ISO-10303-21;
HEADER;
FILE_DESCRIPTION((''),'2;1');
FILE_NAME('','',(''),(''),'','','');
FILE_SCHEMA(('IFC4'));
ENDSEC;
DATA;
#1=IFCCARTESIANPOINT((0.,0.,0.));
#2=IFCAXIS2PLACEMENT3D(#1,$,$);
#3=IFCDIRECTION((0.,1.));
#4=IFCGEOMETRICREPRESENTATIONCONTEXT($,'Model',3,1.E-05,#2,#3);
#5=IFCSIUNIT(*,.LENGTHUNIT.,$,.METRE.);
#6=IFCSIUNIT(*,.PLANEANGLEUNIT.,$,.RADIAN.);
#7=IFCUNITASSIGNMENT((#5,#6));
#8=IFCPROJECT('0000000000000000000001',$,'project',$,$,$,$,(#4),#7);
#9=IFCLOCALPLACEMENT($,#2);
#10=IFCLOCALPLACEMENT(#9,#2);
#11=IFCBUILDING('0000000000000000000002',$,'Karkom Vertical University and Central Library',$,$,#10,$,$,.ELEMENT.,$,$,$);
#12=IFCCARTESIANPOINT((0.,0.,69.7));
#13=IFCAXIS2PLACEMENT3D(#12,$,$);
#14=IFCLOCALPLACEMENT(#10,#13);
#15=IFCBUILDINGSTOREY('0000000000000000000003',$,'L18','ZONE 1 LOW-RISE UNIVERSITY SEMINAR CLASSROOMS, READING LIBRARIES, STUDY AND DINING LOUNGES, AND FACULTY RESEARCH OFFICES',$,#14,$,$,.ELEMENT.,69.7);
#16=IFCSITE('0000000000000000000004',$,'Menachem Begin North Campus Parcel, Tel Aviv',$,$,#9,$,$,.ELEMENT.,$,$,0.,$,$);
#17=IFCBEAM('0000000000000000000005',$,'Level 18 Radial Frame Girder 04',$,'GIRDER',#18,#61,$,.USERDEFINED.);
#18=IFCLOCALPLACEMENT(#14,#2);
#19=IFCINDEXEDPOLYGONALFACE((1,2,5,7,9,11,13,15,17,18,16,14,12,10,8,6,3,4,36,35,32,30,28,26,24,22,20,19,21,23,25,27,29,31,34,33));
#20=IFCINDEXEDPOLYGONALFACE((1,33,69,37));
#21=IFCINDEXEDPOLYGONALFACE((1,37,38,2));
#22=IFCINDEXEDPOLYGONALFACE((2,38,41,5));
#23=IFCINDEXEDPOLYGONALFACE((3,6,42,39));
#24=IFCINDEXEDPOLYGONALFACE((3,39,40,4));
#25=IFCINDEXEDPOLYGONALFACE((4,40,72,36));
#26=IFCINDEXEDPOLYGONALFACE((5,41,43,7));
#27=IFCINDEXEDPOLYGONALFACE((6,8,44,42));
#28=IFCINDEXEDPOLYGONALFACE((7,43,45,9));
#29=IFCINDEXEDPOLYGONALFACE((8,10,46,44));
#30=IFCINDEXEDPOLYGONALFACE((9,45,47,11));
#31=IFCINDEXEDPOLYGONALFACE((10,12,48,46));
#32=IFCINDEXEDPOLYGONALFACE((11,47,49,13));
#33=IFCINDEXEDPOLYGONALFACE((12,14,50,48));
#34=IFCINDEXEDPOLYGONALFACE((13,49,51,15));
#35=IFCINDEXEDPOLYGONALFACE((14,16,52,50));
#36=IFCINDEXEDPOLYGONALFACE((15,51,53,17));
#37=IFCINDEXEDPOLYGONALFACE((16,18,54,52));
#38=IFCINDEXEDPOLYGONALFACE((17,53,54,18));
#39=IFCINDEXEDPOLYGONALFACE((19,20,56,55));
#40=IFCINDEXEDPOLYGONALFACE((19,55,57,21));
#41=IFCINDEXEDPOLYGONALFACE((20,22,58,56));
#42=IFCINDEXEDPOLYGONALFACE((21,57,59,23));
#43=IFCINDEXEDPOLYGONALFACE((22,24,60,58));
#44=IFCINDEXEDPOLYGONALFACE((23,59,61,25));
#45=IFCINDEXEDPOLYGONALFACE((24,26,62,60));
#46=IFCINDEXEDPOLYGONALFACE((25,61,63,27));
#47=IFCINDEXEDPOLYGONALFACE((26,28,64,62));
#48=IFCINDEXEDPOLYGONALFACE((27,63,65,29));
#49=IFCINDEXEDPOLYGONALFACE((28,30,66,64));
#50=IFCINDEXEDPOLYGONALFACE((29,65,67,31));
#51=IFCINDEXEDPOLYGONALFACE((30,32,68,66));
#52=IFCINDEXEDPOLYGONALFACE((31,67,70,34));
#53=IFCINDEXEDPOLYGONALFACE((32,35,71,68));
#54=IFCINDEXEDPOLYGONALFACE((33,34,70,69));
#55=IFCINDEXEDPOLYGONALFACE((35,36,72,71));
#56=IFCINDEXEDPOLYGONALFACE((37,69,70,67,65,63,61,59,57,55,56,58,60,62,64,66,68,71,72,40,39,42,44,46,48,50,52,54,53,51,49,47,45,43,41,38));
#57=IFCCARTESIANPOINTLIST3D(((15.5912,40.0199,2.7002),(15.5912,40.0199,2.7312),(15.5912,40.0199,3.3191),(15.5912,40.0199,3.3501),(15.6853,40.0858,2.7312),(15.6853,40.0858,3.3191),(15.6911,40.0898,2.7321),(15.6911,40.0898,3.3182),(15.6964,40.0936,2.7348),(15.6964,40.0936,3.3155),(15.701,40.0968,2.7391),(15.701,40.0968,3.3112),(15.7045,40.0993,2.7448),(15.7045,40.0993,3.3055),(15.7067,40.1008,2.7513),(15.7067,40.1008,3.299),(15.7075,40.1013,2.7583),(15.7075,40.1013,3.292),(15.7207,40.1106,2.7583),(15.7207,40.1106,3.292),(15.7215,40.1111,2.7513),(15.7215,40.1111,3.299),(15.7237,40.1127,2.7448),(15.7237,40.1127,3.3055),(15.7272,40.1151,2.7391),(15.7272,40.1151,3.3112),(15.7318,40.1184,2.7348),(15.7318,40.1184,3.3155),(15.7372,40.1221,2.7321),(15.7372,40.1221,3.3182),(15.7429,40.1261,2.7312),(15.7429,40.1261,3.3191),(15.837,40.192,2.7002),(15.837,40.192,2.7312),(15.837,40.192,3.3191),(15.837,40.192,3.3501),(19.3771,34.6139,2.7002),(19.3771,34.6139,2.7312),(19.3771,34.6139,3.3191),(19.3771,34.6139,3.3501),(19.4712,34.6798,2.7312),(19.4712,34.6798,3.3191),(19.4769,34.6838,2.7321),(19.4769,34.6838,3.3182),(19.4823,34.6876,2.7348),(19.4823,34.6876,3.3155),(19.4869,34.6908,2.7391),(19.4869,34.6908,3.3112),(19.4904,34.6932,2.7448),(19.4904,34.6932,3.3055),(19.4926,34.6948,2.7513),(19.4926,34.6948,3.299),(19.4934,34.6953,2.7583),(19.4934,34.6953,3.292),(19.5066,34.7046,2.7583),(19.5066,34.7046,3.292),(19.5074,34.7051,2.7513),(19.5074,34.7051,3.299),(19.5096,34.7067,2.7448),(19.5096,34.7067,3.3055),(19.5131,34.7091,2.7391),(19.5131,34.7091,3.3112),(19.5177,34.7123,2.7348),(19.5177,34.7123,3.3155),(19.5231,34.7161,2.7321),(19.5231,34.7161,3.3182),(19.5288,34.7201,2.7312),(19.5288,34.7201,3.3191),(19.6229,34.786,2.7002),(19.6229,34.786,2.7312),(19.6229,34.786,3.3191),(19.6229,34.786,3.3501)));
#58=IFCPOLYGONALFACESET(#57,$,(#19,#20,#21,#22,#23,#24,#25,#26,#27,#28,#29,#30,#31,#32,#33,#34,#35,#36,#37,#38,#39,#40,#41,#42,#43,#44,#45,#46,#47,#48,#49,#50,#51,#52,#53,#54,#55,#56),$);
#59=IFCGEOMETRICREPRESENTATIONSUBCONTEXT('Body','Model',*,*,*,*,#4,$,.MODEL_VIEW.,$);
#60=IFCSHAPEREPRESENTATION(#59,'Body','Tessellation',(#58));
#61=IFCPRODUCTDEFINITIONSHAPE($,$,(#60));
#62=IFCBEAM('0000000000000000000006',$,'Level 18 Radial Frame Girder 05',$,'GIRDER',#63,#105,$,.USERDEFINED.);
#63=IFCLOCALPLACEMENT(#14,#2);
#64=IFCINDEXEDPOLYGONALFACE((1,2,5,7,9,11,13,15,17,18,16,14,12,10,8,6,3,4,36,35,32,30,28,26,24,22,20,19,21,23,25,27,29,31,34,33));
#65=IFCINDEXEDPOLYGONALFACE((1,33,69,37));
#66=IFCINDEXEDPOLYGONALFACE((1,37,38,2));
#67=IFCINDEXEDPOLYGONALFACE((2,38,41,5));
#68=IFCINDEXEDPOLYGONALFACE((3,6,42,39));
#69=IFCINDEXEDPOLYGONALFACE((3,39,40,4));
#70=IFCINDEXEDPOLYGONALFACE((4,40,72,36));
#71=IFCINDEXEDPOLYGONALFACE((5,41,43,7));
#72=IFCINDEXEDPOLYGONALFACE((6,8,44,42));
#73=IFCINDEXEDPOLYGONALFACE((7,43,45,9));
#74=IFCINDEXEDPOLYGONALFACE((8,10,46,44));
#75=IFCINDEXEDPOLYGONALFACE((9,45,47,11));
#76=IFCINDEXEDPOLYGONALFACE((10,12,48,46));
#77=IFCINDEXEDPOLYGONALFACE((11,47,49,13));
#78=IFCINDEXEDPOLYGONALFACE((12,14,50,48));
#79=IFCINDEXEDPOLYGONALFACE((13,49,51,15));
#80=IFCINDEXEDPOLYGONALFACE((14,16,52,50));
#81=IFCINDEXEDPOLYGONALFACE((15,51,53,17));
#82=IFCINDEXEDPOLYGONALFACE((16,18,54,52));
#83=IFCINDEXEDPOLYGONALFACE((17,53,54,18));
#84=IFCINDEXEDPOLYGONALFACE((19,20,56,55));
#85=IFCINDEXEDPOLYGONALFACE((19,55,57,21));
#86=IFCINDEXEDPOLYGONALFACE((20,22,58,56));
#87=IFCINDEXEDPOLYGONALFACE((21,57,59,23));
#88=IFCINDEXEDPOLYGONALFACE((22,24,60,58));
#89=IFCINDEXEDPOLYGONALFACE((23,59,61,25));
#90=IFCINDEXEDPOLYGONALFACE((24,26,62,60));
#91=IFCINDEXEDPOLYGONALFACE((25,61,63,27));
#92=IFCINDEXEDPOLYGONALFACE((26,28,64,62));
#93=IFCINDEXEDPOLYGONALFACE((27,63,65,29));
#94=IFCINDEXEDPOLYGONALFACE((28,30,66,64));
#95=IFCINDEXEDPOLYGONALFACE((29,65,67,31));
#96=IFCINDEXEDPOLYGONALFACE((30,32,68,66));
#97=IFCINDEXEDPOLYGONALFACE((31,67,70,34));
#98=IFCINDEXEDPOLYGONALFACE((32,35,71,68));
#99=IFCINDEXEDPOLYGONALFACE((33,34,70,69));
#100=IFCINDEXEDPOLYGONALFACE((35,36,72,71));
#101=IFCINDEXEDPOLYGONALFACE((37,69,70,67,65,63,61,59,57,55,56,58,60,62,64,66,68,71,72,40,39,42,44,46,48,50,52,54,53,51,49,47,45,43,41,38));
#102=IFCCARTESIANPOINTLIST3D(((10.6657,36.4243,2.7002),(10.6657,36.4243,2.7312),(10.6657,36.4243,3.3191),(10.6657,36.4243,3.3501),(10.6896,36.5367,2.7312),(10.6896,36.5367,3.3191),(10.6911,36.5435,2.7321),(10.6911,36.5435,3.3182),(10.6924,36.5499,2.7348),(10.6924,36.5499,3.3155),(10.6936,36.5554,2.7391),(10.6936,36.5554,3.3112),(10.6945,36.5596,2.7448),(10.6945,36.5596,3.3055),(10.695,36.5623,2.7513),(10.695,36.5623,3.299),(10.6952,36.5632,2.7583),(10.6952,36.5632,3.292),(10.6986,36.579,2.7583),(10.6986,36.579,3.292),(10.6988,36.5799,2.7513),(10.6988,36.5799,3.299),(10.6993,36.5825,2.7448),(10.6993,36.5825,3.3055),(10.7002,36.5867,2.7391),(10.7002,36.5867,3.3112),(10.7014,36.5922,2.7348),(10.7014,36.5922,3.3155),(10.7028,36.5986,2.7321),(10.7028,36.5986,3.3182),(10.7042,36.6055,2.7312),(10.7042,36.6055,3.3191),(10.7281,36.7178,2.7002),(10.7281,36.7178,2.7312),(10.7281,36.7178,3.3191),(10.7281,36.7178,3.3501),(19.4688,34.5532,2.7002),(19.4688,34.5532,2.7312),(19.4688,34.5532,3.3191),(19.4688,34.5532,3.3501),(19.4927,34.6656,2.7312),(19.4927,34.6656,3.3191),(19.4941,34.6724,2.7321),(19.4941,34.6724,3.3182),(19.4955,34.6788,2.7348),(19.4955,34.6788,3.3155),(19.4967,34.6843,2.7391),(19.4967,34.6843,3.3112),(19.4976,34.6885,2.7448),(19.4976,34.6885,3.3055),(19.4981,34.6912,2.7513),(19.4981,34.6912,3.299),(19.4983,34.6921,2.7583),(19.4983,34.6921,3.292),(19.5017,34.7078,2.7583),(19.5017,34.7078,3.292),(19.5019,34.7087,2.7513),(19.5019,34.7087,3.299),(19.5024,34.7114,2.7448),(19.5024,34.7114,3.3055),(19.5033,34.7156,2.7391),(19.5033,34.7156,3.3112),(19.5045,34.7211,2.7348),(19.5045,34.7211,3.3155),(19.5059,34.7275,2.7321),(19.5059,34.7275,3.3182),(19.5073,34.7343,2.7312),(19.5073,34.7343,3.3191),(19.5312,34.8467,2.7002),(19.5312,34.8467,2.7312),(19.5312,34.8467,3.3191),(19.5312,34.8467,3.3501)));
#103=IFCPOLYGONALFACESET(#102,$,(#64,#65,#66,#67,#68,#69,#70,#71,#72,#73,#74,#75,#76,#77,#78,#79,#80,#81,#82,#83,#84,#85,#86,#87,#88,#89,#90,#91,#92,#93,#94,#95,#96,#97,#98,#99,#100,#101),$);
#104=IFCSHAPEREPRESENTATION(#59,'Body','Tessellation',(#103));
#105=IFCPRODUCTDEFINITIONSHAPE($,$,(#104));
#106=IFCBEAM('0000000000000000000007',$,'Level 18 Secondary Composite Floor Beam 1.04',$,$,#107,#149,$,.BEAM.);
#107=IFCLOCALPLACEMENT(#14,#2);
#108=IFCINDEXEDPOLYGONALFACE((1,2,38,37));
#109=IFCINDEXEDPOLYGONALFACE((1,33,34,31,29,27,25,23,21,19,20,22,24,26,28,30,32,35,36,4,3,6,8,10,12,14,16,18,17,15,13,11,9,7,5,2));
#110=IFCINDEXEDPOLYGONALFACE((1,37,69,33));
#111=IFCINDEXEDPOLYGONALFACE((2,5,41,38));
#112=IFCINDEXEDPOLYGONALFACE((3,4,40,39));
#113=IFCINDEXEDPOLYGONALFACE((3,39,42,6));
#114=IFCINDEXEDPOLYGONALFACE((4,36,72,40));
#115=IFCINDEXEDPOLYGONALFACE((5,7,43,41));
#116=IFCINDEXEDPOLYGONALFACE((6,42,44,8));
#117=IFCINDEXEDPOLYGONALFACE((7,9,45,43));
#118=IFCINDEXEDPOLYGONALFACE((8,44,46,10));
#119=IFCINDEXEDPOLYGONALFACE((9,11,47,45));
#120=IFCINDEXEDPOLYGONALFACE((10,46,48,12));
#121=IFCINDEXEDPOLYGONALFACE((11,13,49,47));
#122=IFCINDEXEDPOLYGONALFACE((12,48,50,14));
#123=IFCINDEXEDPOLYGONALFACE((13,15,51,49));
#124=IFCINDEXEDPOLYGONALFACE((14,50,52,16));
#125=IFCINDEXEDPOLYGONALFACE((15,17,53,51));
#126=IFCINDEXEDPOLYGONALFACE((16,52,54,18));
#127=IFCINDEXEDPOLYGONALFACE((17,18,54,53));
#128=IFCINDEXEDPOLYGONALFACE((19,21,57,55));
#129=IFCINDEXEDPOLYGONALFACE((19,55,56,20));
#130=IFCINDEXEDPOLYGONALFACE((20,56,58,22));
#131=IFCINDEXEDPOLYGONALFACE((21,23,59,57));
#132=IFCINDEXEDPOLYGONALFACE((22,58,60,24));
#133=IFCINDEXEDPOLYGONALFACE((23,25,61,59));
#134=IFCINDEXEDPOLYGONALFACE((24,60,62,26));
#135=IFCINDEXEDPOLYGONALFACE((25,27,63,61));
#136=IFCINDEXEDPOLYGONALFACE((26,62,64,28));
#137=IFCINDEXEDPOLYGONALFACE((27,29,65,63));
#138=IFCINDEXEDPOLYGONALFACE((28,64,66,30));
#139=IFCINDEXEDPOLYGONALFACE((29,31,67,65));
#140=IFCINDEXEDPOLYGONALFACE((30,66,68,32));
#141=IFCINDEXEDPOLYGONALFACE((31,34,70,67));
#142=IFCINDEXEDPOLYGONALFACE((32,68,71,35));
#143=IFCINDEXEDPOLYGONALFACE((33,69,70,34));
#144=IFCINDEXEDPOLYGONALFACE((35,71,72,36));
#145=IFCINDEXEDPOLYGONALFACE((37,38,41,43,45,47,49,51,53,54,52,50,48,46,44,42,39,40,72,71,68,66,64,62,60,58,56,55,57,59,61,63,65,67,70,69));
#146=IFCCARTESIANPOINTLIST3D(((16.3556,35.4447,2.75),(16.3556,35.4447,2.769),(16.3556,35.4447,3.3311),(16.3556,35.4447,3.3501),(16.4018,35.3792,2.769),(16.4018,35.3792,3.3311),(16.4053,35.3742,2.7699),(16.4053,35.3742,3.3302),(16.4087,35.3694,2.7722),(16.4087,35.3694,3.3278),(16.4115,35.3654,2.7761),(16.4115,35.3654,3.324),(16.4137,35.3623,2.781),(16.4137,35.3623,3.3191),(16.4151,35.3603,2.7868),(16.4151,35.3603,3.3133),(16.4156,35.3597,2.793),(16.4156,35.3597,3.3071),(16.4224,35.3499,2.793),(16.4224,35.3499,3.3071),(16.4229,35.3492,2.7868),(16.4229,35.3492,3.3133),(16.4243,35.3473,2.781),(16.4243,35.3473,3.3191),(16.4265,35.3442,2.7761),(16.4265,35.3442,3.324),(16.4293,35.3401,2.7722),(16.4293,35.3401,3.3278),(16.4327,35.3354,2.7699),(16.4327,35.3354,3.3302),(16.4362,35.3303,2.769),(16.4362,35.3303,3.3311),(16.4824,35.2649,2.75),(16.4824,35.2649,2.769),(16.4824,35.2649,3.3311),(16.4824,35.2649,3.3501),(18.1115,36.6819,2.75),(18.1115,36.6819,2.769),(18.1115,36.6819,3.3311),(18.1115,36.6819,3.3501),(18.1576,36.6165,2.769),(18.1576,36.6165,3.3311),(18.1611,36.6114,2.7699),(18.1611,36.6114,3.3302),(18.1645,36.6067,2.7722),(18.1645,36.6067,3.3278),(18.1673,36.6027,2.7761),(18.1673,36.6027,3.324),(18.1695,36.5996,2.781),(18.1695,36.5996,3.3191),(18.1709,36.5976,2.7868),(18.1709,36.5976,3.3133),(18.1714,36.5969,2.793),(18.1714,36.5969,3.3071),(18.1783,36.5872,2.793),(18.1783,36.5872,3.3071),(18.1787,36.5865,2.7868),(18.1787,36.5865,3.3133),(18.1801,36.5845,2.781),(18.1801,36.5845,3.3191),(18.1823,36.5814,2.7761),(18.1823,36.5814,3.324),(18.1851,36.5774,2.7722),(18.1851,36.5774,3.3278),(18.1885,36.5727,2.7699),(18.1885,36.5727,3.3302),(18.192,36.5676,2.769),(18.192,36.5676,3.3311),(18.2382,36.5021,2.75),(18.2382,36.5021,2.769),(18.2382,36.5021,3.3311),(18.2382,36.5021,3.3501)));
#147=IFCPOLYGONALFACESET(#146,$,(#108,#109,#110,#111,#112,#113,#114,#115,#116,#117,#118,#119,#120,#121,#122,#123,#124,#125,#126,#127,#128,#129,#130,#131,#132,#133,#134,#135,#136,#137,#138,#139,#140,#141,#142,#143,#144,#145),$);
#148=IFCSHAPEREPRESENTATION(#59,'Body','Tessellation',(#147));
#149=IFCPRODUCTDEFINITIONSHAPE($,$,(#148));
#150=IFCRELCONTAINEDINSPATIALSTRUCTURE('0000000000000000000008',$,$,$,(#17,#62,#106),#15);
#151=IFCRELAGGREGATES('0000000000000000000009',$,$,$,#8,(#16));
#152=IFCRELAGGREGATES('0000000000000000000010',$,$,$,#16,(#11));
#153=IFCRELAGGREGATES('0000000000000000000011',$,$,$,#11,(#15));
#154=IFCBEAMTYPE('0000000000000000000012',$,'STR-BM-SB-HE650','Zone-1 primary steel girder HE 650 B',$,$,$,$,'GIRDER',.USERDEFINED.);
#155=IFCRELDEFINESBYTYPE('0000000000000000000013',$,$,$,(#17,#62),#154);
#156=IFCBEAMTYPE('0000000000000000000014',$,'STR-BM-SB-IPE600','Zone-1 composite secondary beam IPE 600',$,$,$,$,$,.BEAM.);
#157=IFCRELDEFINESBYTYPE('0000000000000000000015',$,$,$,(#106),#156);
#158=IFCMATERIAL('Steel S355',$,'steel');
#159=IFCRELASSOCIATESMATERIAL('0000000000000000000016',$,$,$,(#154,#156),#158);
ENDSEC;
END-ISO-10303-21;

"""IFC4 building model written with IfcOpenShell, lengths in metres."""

from ifc_helpers import new_model, si_unit, direction, frame, origin, origin_with_axes, origin_2d, place, context, subcontext, project, spatial, i_section, extrude, source, transform, mapped, material, material_profile, profile_set, type_object, element, save


model = new_model("IFC4")

# Units and contexts
model_context = context("Model", 3, precision=1e-05, world=origin(), true_north=direction((0.0, 1.0)))
body_context = subcontext(model_context, "Body", "Model", "MODEL_VIEW")
ifc_project = project(units=[si_unit("LENGTHUNIT", "METRE"), si_unit("PLANEANGLEUNIT", "RADIAN")], contexts=[model_context])

# Site, building, storey
site_placement = place(None, origin())
site = spatial("IfcSite", under=ifc_project, at=site_placement, Name="Menachem Begin North Campus Parcel, Tel Aviv", CompositionType="ELEMENT", RefElevation=0.0)
building_placement = place(site_placement, origin())
building = spatial("IfcBuilding", under=site, at=building_placement, Name="Karkom Vertical University and Central Library", CompositionType="ELEMENT")
storey_placement = place(building_placement, frame((0.0, 0.0, 69.7)))
storey = spatial("IfcBuildingStorey", under=building, at=storey_placement, Name="L18", Description="ZONE 1 LOW-RISE UNIVERSITY SEMINAR CLASSROOMS, READING LIBRARIES, STUDY AND DINING LOUNGES, AND FACULTY RESEARCH OFFICES", CompositionType="ELEMENT", Elevation=69.7)

# Beams
ifc_material_1 = material(Name="Steel S355", Category="steel")
ifc_material_profile_1 = material_profile(ifc_material_1, i_section(OverallWidth=0.3, OverallDepth=0.6499, WebThickness=0.0161, FlangeThickness=0.031, FilletRadius=0.0271, at=origin_2d()), Name="HE 650 B")
ifc_profile_set_1 = profile_set([ifc_material_profile_1], Name="Steel S355")
beam_type_1 = type_object("IfcBeamType", Name="STR-BM-SB-HE650", Description="Zone-1 primary steel girder HE 650 B", ElementType="GIRDER", PredefinedType="USERDEFINED", material=ifc_profile_set_1)
shared_shape_1 = source(origin_with_axes(), body_context, "Body", "SweptSolid", [
    extrude(i_section(OverallWidth=0.3, OverallDepth=0.6499, WebThickness=0.0161, FlangeThickness=0.031, FilletRadius=0.0271, at=origin_2d()), origin(), (0.0, 0.0, 1.0), 6.5999),
])
beam_1_placement = place(storey_placement, frame((19.5, 34.7, 3.0251), z_axis=(-0.573634, 0.819112, 0.0), x_axis=(-0.819112, -0.573634, 0.0)))
element("IfcBeam", 1, at=beam_1_placement, inside=storey, type_object=beam_type_1, Name="Level 18 Radial Frame Girder 04", ObjectType="GIRDER", PredefinedType="USERDEFINED", context=body_context, shape_type="MappedRepresentation", body=[
    mapped(shared_shape_1, transform((0.0, 0.0, 0.0), scale=1.0)),
])
shared_shape_2 = source(origin_with_axes(), body_context, "Body", "SweptSolid", [
    extrude(i_section(OverallWidth=0.3, OverallDepth=0.6499, WebThickness=0.0161, FlangeThickness=0.031, FilletRadius=0.0271, at=origin_2d()), origin(), (0.0, 0.0, 1.0), 8.9998),
])
beam_2_placement = place(storey_placement, frame((19.5, 34.7, 3.0251), z_axis=(-0.978148, 0.207908, 0.0), x_axis=(-0.207908, -0.978148, 0.0)))
element("IfcBeam", 2, at=beam_2_placement, inside=storey, type_object=beam_type_1, Name="Level 18 Radial Frame Girder 05", ObjectType="GIRDER", PredefinedType="USERDEFINED", context=body_context, shape_type="MappedRepresentation", body=[
    mapped(shared_shape_2, transform((0.0, 0.0, 0.0), scale=1.0)),
])
ifc_material_profile_2 = material_profile(ifc_material_1, i_section(OverallWidth=0.22, OverallDepth=0.6001, WebThickness=0.012, FlangeThickness=0.019, FilletRadius=0.0239, at=origin_2d()), Name="IPE 600")
ifc_profile_set_2 = profile_set([ifc_material_profile_2], Name="Steel S355")
beam_type_2 = type_object("IfcBeamType", Name="STR-BM-SB-IPE600", Description="Zone-1 composite secondary beam IPE 600", PredefinedType="BEAM", material=ifc_profile_set_2)
shared_shape_3 = source(origin_with_axes(), body_context, "Body", "SweptSolid", [
    extrude(i_section(OverallWidth=0.22, OverallDepth=0.6001, WebThickness=0.012, FlangeThickness=0.019, FilletRadius=0.0239, at=origin_2d()), origin(), (0.0, 0.0, 1.0), 2.1479),
])
beam_3_placement = place(storey_placement, frame((18.1748, 36.592, 3.05), z_axis=(-0.817434, -0.576023, 0.0), x_axis=(0.576023, -0.817434, 0.0)))
element("IfcBeam", 3, at=beam_3_placement, inside=storey, type_object=beam_type_2, Name="Level 18 Secondary Composite Floor Beam 1.04", PredefinedType="BEAM", context=body_context, shape_type="MappedRepresentation", body=[
    mapped(shared_shape_3, transform((0.0, 0.0, 0.0), scale=1.0)),
])

save(model, "model.ifc")
